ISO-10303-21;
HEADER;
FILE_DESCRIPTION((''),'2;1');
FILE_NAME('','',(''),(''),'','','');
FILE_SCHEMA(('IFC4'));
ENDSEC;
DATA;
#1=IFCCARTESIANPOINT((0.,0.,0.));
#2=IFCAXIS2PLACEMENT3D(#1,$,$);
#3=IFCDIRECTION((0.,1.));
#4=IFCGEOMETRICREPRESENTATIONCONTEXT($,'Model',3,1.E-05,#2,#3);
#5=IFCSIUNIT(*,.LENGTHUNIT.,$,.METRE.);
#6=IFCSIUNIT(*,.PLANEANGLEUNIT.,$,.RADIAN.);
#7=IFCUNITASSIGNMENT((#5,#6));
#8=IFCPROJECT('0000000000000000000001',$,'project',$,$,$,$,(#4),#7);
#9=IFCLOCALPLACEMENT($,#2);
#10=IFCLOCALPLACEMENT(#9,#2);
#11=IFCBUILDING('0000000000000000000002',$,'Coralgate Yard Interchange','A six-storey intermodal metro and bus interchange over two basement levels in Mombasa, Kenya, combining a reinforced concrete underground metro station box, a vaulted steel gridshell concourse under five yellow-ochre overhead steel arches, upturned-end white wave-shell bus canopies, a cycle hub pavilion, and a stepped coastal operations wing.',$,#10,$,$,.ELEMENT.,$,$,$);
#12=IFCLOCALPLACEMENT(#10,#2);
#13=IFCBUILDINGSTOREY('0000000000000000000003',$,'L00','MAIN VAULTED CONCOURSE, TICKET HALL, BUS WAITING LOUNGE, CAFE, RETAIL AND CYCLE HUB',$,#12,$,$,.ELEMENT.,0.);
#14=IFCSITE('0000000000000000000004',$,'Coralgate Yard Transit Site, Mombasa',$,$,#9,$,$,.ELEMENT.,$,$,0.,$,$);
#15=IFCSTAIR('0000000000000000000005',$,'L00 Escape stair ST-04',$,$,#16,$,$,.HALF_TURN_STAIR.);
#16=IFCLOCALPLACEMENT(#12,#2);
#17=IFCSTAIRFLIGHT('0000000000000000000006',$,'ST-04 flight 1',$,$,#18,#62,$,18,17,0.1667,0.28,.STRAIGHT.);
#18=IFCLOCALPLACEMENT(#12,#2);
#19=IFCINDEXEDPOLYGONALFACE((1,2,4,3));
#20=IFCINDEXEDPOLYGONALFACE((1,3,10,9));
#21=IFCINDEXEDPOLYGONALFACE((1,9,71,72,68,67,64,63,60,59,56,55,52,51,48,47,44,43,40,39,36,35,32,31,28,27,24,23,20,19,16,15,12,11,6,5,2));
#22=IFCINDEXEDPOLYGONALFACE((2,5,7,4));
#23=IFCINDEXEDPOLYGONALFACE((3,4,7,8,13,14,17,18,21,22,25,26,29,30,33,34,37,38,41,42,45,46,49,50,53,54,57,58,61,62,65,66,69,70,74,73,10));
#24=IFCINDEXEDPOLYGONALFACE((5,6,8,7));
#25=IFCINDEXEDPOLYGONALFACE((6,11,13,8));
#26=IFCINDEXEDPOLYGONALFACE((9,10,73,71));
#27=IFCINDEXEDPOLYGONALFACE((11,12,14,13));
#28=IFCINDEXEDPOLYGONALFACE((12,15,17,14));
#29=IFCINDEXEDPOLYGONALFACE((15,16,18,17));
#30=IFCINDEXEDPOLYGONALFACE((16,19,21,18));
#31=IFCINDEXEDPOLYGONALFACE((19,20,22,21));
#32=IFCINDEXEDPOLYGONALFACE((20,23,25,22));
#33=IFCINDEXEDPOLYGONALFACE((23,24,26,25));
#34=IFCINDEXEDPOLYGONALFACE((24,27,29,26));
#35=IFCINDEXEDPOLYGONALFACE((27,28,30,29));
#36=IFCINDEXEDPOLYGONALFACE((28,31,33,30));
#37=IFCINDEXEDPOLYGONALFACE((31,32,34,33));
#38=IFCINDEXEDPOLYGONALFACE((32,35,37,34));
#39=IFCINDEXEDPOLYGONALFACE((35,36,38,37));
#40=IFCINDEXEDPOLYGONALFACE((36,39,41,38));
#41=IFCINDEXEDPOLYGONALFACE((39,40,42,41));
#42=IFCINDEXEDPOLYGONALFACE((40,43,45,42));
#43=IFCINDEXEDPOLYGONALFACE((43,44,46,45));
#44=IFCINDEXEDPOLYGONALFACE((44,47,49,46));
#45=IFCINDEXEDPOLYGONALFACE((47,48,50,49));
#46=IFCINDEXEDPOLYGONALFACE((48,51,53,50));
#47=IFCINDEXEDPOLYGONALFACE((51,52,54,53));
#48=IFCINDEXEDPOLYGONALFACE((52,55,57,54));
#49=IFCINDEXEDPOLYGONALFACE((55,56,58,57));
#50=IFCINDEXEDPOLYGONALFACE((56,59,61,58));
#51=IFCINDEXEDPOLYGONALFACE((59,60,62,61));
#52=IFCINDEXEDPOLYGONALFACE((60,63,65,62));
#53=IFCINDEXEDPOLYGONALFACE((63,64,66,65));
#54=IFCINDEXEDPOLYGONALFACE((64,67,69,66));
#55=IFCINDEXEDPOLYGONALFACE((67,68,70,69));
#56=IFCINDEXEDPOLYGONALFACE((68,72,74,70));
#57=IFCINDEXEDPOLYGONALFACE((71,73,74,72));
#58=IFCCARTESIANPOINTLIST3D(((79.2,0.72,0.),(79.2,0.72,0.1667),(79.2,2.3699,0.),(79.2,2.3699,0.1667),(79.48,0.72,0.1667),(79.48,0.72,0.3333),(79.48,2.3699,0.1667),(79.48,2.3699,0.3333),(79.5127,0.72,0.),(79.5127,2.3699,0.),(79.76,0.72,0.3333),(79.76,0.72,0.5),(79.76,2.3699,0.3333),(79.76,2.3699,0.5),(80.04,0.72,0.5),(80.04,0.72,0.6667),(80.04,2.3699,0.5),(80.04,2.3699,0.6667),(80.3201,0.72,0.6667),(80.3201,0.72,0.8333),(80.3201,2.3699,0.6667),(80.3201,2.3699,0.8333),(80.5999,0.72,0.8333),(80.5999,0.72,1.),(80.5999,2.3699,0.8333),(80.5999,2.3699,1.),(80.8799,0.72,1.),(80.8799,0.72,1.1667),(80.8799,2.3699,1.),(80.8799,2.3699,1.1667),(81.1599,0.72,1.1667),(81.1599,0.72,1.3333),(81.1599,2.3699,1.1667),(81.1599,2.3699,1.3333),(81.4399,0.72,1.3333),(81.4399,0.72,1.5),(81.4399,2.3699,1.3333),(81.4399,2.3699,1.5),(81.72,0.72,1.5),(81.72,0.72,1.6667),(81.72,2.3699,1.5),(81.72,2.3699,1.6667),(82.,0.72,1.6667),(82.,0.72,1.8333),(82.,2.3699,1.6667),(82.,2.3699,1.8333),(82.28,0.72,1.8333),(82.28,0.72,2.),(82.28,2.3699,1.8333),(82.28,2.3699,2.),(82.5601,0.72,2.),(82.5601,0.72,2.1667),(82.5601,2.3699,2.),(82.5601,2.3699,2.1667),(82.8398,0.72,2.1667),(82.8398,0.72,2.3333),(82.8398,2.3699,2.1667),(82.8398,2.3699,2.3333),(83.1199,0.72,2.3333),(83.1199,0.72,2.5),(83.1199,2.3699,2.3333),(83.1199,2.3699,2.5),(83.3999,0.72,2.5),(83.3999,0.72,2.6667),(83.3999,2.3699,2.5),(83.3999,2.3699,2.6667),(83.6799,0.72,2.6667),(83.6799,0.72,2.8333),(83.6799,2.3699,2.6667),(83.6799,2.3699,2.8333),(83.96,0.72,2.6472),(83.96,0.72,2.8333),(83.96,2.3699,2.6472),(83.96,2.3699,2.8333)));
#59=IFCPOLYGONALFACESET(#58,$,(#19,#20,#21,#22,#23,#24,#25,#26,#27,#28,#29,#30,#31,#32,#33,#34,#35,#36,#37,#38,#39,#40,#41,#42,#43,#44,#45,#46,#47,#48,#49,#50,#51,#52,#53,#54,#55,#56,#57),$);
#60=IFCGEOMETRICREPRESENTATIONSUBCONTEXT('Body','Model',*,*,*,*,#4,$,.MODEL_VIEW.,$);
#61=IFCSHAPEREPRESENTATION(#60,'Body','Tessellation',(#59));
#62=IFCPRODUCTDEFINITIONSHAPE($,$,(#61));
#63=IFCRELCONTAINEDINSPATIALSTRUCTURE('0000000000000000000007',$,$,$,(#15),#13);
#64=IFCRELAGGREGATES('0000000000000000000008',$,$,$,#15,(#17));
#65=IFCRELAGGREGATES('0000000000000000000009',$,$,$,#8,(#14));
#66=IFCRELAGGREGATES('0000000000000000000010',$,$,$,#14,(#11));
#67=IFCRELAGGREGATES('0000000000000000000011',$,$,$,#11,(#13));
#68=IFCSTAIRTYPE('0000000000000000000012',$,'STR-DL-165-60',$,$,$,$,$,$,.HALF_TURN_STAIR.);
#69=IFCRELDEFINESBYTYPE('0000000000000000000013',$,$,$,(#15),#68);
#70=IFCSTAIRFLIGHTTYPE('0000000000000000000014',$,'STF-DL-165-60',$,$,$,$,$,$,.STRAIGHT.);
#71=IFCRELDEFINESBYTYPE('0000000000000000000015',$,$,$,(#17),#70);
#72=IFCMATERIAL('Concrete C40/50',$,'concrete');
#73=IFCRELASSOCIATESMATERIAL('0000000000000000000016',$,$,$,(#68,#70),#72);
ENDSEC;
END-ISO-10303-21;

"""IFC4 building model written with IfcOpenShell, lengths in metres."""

from ifc_helpers import new_model, si_unit, direction, frame, origin, place, context, subcontext, project, spatial, polyline, outline, extrude, material, type_object, element, aggregate, save


model = new_model("IFC4")

# Units and contexts
model_context = context("Model", 3, precision=1e-05, world=origin(), true_north=direction((0.0, 1.0)))
body_context = subcontext(model_context, "Body", "Model", "MODEL_VIEW")
ifc_project = project(units=[si_unit("LENGTHUNIT", "METRE"), si_unit("PLANEANGLEUNIT", "RADIAN")], contexts=[model_context])

# Site, building, storey
site_placement = place(None, origin())
site = spatial("IfcSite", under=ifc_project, at=site_placement, Name="Coralgate Yard Transit Site, Mombasa", CompositionType="ELEMENT", RefElevation=0.0)
building_placement = place(site_placement, origin())
building = spatial("IfcBuilding", under=site, at=building_placement, Name="Coralgate Yard Interchange", Description="A six-storey intermodal metro and bus interchange over two basement levels in Mombasa, Kenya, combining a reinforced concrete underground metro station box, a vaulted steel gridshell concourse under five yellow-ochre overhead steel arches, upturned-end white wave-shell bus canopies, a cycle hub pavilion, and a stepped coastal operations wing.", CompositionType="ELEMENT")
storey_placement = place(building_placement, origin())
storey = spatial("IfcBuildingStorey", under=building, at=storey_placement, Name="L00", Description="MAIN VAULTED CONCOURSE, TICKET HALL, BUS WAITING LOUNGE, CAFE, RETAIL AND CYCLE HUB", CompositionType="ELEMENT", Elevation=0.0)

# Shared definitions
ifc_material_1 = material(Name="Concrete C40/50", Category="concrete")

# Stair, stair flight
stair_type = type_object("IfcStairType", Name="STR-DL-165-60", PredefinedType="HALF_TURN_STAIR", material=ifc_material_1)
stair_placement = place(storey_placement, origin())
stair = element("IfcStair", 1, at=stair_placement, inside=storey, type_object=stair_type, Name="L00 Escape stair ST-04", PredefinedType="HALF_TURN_STAIR")
stair_flight_type = type_object("IfcStairFlightType", Name="STF-DL-165-60", PredefinedType="STRAIGHT", material=ifc_material_1)
stair_flight_placement = place(storey_placement, frame((79.2, 1.5449, 0.0), z_axis=(0.0, 0.0, 1.0), x_axis=(1.0, 0.0, 0.0)))
stair_flight = element("IfcStairFlight", 2, at=stair_flight_placement, type_object=stair_flight_type, Name="ST-04 flight 1", NumberOfRisers=18, NumberOfTreads=17, PredefinedType="STRAIGHT", RiserHeight=0.1667, TreadLength=0.28, context=body_context, shape_type="SweptSolid", body=[
    extrude(outline(polyline([(0.0, 0.0), (0.0, 0.1667), (0.28, 0.1667), (0.28, 0.3333), (0.5601, 0.3333), (0.5601, 0.5), (0.8401, 0.5), (0.8401, 0.6667), (1.1201, 0.6667), (1.1201, 0.8333), (1.3999, 0.8333), (1.3999, 1.0), (1.6799, 1.0), (1.6799, 1.1667), (1.96, 1.1667), (1.96, 1.3333), (2.24, 1.3333), (2.24, 1.5), (2.52, 1.5), (2.52, 1.6667), (2.8, 1.6667), (2.8, 1.8333), (3.0801, 1.8333), (3.0801, 2.0), (3.3601, 2.0), (3.3601, 2.1667), (3.6399, 2.1667), (3.6399, 2.3333), (3.9199, 2.3333), (3.9199, 2.5), (4.2, 2.5), (4.2, 2.6667), (4.48, 2.6667), (4.48, 2.8333), (4.76, 2.8333), (4.76, 3.0), (4.76, 2.6472), (0.3127, 0.0), (0.0, 0.0)])), frame((0.0, 0.825, 0.0), z_axis=(0.0, -1.0, 0.0), x_axis=(1.0, 0.0, 0.0)), (0.0, 0.0, 1.0), 1.6499),
])
aggregate(stair, [stair_flight])

save(model, "model.ifc")
